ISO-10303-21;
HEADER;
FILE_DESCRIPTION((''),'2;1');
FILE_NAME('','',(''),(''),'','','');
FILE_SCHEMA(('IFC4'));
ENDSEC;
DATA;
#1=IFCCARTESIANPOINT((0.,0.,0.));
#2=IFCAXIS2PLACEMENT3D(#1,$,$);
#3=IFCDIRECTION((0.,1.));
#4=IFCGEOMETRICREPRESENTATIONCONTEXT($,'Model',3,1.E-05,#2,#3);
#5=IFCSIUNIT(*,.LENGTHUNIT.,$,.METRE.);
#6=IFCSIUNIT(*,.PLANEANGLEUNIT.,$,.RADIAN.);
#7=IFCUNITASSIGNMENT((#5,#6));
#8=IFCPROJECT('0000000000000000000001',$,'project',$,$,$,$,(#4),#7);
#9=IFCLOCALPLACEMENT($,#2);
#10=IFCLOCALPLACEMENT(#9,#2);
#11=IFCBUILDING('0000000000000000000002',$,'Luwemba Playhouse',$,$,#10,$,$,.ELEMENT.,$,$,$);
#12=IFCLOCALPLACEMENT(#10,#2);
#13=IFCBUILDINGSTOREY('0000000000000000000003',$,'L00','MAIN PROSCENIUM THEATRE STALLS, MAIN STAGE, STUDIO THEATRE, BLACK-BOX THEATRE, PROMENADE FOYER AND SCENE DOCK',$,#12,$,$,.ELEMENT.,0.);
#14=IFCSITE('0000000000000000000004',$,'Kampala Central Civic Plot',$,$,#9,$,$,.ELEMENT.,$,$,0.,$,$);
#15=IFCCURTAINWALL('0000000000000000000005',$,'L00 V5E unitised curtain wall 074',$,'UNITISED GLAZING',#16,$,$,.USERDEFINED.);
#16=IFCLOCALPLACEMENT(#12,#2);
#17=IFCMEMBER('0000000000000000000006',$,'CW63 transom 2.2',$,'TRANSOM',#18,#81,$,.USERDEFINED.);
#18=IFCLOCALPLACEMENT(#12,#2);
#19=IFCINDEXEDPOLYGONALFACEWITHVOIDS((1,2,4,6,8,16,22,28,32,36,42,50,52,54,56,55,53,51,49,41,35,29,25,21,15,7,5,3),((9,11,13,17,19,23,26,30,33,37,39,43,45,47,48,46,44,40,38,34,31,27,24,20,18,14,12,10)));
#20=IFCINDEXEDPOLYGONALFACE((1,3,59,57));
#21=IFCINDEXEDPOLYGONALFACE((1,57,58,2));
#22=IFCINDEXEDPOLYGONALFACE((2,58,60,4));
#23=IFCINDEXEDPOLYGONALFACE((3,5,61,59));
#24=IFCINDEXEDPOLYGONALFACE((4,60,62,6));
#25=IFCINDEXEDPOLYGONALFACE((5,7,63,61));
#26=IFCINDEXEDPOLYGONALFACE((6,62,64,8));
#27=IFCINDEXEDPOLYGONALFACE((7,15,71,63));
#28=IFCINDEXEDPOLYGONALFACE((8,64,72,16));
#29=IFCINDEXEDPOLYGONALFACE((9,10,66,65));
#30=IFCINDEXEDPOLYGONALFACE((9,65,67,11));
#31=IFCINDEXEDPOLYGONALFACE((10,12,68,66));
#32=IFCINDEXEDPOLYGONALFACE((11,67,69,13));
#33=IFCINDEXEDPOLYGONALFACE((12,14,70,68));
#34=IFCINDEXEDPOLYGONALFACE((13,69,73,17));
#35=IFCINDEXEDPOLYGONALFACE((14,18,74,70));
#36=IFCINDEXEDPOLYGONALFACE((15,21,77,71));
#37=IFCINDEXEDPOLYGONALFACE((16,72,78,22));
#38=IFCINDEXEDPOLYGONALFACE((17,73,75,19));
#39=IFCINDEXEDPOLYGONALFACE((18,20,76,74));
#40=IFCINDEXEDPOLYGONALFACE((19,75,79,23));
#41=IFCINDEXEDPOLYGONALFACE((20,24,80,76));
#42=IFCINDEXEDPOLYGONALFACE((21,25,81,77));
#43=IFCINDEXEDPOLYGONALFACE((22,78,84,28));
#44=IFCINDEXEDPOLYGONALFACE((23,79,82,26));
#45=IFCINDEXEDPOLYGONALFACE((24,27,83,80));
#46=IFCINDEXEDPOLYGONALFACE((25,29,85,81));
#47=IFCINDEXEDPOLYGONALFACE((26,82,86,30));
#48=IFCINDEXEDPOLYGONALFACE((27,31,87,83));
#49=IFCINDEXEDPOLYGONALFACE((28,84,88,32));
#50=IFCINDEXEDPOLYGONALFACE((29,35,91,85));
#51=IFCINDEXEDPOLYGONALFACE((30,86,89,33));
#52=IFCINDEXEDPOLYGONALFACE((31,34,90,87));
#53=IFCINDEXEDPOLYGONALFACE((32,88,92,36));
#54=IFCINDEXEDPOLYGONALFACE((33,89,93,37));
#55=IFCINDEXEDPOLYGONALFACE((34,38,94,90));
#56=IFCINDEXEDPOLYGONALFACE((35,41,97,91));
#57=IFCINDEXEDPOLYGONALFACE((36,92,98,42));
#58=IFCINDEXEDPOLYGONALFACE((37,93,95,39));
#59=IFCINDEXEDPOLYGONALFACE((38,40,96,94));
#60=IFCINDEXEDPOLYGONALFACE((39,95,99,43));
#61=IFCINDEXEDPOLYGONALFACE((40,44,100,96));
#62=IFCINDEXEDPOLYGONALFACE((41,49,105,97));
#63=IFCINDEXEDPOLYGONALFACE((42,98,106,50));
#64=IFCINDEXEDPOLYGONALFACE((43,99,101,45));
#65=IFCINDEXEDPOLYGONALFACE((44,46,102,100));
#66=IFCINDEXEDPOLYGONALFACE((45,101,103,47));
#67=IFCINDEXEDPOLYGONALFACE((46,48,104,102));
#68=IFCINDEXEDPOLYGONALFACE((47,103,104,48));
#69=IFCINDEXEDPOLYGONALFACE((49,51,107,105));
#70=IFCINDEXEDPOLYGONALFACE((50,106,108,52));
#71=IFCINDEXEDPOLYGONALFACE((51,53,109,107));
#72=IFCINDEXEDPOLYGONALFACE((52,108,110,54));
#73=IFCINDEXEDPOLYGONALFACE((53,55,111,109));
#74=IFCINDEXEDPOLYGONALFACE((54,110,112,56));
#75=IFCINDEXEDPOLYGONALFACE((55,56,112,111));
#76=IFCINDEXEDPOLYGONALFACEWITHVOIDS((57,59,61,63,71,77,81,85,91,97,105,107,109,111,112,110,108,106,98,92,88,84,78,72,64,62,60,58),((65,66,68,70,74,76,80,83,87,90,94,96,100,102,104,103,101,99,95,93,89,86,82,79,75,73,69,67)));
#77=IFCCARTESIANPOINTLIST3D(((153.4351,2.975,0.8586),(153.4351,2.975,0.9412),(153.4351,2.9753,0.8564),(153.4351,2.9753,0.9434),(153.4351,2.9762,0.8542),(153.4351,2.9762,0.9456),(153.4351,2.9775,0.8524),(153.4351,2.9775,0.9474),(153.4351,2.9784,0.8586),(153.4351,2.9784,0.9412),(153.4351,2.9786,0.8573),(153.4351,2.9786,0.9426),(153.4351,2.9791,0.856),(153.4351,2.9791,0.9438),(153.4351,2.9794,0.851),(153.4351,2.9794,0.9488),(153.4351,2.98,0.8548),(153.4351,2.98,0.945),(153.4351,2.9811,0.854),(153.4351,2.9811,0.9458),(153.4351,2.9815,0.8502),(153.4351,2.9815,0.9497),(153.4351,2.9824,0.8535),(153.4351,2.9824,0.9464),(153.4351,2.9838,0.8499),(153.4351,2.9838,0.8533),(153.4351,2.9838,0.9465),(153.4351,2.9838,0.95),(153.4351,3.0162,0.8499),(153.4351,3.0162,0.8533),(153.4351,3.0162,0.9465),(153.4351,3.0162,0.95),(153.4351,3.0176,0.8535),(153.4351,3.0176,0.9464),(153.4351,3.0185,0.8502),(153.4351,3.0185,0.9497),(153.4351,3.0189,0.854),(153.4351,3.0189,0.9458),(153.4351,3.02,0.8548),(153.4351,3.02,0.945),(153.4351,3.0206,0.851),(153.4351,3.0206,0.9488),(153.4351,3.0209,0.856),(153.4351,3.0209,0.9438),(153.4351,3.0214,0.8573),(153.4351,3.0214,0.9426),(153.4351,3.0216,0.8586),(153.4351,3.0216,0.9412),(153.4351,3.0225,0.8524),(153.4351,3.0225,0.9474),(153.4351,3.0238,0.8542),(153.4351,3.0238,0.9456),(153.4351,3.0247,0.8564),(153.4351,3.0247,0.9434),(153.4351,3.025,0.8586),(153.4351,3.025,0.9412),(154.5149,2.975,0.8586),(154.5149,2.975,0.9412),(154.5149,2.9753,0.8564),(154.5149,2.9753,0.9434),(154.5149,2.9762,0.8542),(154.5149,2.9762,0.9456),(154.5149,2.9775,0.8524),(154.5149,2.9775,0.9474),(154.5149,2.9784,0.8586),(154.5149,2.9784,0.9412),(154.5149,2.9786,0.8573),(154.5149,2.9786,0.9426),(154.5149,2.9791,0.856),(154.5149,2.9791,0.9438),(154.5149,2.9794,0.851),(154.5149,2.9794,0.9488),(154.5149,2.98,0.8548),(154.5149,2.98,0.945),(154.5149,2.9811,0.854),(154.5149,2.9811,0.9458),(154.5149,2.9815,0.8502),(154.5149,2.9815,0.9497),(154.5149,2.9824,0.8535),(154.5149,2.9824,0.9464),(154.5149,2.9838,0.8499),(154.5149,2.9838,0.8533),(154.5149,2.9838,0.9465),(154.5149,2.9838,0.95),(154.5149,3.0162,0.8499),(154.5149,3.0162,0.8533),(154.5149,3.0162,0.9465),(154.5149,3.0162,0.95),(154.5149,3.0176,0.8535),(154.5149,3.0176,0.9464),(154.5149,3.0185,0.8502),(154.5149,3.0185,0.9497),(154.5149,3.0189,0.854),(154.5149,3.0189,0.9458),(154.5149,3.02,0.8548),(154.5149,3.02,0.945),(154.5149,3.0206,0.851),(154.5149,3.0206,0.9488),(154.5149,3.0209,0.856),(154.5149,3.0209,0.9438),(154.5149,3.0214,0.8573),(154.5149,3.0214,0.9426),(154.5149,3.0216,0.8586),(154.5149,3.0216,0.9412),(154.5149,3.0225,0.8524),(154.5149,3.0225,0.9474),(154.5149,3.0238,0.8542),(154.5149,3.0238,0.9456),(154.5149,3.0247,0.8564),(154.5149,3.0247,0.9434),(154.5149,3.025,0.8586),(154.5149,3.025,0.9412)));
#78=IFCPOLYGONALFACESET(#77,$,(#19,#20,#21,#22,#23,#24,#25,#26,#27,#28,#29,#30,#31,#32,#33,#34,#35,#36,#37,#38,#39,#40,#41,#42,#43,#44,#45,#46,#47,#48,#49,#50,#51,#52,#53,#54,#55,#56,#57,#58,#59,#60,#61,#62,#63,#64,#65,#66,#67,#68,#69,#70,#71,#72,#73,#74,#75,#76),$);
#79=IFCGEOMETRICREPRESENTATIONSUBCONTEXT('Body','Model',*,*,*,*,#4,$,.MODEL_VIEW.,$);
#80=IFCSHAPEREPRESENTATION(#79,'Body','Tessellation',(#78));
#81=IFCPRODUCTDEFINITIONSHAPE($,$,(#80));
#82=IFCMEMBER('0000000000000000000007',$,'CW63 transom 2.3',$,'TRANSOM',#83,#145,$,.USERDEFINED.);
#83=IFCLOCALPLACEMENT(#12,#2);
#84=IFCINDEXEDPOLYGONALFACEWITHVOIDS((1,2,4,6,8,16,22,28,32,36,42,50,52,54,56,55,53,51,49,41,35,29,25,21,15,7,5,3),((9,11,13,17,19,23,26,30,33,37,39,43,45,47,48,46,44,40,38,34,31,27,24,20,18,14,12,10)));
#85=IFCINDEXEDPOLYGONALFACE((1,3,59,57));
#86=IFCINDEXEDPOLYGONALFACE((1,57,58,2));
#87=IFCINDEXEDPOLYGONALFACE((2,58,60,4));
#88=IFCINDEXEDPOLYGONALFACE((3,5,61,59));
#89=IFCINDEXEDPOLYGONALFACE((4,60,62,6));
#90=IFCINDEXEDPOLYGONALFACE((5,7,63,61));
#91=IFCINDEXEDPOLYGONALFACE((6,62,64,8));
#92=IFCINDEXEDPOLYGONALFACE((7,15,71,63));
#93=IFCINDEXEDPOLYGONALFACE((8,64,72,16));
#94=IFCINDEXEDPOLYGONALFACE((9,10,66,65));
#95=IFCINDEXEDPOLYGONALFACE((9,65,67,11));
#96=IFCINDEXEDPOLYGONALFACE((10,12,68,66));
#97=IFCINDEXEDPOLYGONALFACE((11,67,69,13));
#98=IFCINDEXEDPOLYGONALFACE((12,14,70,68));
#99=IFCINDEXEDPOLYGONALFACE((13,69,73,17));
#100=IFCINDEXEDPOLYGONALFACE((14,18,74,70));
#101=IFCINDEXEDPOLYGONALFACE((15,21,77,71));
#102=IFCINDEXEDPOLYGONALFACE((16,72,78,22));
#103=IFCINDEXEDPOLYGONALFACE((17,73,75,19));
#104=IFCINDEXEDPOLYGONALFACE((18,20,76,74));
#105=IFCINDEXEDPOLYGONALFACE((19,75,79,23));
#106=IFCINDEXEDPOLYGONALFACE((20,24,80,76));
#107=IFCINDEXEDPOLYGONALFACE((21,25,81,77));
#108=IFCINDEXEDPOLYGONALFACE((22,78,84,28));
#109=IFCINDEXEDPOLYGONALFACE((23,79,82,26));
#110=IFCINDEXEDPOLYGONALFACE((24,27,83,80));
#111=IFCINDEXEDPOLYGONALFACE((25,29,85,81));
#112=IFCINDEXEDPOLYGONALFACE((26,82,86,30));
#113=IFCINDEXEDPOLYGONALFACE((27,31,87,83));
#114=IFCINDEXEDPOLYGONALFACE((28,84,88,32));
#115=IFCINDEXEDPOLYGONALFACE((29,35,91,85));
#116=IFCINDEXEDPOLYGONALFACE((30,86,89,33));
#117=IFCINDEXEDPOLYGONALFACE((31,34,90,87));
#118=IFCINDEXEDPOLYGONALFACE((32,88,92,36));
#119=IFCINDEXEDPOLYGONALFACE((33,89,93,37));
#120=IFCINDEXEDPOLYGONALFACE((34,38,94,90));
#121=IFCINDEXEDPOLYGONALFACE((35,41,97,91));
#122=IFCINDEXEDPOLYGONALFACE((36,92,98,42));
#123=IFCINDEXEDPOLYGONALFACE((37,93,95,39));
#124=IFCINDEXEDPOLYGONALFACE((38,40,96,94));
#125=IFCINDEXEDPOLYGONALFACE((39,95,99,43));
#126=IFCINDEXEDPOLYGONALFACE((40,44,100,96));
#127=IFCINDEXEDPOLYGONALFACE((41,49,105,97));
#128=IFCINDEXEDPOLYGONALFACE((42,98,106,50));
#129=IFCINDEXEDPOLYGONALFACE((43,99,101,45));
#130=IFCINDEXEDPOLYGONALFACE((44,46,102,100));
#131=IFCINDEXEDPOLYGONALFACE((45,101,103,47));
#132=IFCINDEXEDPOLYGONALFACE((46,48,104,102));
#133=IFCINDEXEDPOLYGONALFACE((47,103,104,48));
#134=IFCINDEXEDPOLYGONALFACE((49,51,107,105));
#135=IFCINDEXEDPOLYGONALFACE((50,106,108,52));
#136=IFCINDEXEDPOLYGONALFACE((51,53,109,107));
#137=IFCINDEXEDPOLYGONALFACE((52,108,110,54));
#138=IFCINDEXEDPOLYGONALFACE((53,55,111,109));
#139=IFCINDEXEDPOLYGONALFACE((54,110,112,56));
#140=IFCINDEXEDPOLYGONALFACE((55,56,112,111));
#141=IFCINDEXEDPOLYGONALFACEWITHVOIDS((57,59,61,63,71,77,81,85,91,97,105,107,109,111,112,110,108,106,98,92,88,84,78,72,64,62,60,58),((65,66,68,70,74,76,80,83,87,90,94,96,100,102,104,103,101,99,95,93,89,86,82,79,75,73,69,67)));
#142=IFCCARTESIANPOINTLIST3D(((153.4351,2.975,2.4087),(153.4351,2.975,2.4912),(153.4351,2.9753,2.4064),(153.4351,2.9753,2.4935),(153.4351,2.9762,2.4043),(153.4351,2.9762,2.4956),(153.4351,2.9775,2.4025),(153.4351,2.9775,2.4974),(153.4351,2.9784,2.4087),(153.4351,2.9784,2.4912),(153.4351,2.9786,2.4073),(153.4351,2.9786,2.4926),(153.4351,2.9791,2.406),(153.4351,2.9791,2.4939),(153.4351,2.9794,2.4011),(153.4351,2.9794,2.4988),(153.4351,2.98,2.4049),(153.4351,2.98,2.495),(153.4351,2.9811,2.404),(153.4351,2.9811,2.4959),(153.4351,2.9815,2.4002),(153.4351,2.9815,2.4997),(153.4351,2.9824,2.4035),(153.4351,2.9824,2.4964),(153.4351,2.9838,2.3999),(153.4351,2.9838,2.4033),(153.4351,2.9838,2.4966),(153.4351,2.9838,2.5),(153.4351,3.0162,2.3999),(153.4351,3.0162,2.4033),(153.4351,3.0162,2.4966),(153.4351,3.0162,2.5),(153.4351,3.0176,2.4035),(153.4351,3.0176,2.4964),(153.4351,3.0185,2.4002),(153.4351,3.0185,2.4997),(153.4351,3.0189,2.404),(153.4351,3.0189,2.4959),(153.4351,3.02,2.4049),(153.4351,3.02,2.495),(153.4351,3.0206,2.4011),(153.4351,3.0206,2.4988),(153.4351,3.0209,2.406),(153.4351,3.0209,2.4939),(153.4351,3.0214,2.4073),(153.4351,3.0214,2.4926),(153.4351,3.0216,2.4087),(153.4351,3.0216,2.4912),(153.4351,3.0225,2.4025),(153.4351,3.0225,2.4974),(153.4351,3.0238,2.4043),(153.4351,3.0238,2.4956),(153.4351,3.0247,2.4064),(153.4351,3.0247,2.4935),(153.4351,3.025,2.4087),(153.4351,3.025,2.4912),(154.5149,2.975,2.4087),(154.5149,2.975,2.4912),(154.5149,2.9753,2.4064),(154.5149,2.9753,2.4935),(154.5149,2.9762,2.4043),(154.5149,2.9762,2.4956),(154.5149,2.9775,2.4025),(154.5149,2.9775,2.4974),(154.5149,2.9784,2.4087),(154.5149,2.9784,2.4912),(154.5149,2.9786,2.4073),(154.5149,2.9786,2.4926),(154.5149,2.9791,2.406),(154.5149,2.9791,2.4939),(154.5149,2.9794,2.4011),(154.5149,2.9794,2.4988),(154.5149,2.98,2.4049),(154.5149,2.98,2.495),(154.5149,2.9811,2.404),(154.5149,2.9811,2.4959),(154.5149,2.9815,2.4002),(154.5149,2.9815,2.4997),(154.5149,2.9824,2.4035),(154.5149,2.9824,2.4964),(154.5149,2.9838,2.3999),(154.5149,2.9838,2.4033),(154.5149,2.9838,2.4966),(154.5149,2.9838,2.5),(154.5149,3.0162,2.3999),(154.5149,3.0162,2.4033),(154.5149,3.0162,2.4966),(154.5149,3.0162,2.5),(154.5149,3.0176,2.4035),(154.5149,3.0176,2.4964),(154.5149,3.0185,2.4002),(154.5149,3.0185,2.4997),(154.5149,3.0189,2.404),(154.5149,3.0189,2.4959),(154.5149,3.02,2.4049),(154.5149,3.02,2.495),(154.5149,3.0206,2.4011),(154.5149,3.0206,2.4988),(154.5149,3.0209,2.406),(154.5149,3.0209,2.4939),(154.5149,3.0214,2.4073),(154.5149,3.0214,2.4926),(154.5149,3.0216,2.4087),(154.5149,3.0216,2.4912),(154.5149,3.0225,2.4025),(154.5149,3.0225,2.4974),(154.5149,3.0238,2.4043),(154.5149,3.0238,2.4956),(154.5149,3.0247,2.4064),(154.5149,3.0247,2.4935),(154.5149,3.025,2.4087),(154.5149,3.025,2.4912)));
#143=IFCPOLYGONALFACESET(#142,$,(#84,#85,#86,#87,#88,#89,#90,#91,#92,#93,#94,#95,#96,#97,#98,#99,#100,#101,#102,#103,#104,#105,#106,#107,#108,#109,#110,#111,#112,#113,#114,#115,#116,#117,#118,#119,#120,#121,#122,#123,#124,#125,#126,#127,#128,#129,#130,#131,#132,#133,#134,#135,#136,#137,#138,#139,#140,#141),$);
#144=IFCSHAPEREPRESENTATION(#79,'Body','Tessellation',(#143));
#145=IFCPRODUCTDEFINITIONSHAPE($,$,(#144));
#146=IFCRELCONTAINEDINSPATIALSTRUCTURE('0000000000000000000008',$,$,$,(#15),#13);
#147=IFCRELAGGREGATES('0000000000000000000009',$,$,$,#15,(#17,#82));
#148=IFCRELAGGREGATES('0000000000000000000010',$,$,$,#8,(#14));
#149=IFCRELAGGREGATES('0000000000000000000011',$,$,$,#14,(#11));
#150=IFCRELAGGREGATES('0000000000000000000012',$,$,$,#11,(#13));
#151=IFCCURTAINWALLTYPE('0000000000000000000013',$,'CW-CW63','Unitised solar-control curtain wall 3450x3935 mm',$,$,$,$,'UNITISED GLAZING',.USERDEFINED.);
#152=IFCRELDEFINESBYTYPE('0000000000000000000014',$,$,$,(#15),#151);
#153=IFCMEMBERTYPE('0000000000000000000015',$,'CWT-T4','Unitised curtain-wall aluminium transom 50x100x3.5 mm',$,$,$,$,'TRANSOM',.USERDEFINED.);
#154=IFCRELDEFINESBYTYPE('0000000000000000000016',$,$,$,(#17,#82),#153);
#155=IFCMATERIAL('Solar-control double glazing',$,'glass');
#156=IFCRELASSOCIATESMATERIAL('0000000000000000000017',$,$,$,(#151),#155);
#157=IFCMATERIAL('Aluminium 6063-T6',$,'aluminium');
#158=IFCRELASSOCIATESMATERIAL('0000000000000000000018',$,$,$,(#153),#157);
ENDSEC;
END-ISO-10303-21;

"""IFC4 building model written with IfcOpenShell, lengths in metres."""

from ifc_helpers import new_model, si_unit, direction, frame, origin, origin_2d, place, context, subcontext, project, spatial, hollow_rectangle, extrude, material, material_profile, profile_set, type_object, element, aggregate, save


model = new_model("IFC4")

# Units and contexts
model_context = context("Model", 3, precision=1e-05, world=origin(), true_north=direction((0.0, 1.0)))
body_context = subcontext(model_context, "Body", "Model", "MODEL_VIEW")
ifc_project = project(units=[si_unit("LENGTHUNIT", "METRE"), si_unit("PLANEANGLEUNIT", "RADIAN")], contexts=[model_context])

# Site, building, storey
site_placement = place(None, origin())
site = spatial("IfcSite", under=ifc_project, at=site_placement, Name="Kampala Central Civic Plot", CompositionType="ELEMENT", RefElevation=0.0)
building_placement = place(site_placement, origin())
building = spatial("IfcBuilding", under=site, at=building_placement, Name="Luwemba Playhouse", CompositionType="ELEMENT")
storey_placement = place(building_placement, origin())
storey = spatial("IfcBuildingStorey", under=building, at=storey_placement, Name="L00", Description="MAIN PROSCENIUM THEATRE STALLS, MAIN STAGE, STUDIO THEATRE, BLACK-BOX THEATRE, PROMENADE FOYER AND SCENE DOCK", CompositionType="ELEMENT", Elevation=0.0)

# Curtain wall, members
ifc_material_1 = material(Name="Solar-control double glazing", Category="glass")
curtain_wall_type = type_object("IfcCurtainWallType", Name="CW-CW63", Description="Unitised solar-control curtain wall 3450x3935 mm", ElementType="UNITISED GLAZING", PredefinedType="USERDEFINED", material=ifc_material_1)
curtain_wall_placement = place(storey_placement, origin())
curtain_wall = element("IfcCurtainWall", 1, at=curtain_wall_placement, inside=storey, type_object=curtain_wall_type, Name="L00 V5E unitised curtain wall 074", ObjectType="UNITISED GLAZING", PredefinedType="USERDEFINED")
ifc_material_2 = material(Name="Aluminium 6063-T6", Category="aluminium")
ifc_material_profile_1 = material_profile(ifc_material_2, hollow_rectangle(XDim=0.05, YDim=0.1001, WallThickness=0.0034, InnerFilletRadius=0.0054, OuterFilletRadius=0.0088, at=origin_2d()))
ifc_profile_set_1 = profile_set([ifc_material_profile_1], Name="Aluminium 6063-T6")
member_type_1 = type_object("IfcMemberType", Name="CWT-T4", Description="Unitised curtain-wall aluminium transom 50x100x3.5 mm", ElementType="TRANSOM", PredefinedType="USERDEFINED", material=ifc_profile_set_1)
member_1_placement = place(storey_placement, frame((154.5149, 3.0, 0.8999), z_axis=(-1.0, 0.0, 0.0), x_axis=(0.0, -1.0, 0.0)))
member_1 = element("IfcMember", 2, at=member_1_placement, type_object=member_type_1, Name="CW63 transom 2.2", ObjectType="TRANSOM", PredefinedType="USERDEFINED", context=body_context, shape_type="SweptSolid", body=[
    extrude(hollow_rectangle(XDim=0.05, YDim=0.1001, WallThickness=0.0034, InnerFilletRadius=0.0054, OuterFilletRadius=0.0088, at=origin_2d()), origin(), (0.0, 0.0, 1.0), 1.0798),
])
member_2_placement = place(storey_placement, frame((154.5149, 3.0, 2.45), z_axis=(-1.0, 0.0, 0.0), x_axis=(0.0, -1.0, 0.0)))
member_2 = element("IfcMember", 3, at=member_2_placement, type_object=member_type_1, Name="CW63 transom 2.3", ObjectType="TRANSOM", PredefinedType="USERDEFINED", context=body_context, shape_type="SweptSolid", body=[
    extrude(hollow_rectangle(XDim=0.05, YDim=0.1001, WallThickness=0.0034, InnerFilletRadius=0.0054, OuterFilletRadius=0.0088, at=origin_2d()), origin(), (0.0, 0.0, 1.0), 1.0798),
])
aggregate(curtain_wall, [member_1, member_2])

save(model, "model.ifc")
